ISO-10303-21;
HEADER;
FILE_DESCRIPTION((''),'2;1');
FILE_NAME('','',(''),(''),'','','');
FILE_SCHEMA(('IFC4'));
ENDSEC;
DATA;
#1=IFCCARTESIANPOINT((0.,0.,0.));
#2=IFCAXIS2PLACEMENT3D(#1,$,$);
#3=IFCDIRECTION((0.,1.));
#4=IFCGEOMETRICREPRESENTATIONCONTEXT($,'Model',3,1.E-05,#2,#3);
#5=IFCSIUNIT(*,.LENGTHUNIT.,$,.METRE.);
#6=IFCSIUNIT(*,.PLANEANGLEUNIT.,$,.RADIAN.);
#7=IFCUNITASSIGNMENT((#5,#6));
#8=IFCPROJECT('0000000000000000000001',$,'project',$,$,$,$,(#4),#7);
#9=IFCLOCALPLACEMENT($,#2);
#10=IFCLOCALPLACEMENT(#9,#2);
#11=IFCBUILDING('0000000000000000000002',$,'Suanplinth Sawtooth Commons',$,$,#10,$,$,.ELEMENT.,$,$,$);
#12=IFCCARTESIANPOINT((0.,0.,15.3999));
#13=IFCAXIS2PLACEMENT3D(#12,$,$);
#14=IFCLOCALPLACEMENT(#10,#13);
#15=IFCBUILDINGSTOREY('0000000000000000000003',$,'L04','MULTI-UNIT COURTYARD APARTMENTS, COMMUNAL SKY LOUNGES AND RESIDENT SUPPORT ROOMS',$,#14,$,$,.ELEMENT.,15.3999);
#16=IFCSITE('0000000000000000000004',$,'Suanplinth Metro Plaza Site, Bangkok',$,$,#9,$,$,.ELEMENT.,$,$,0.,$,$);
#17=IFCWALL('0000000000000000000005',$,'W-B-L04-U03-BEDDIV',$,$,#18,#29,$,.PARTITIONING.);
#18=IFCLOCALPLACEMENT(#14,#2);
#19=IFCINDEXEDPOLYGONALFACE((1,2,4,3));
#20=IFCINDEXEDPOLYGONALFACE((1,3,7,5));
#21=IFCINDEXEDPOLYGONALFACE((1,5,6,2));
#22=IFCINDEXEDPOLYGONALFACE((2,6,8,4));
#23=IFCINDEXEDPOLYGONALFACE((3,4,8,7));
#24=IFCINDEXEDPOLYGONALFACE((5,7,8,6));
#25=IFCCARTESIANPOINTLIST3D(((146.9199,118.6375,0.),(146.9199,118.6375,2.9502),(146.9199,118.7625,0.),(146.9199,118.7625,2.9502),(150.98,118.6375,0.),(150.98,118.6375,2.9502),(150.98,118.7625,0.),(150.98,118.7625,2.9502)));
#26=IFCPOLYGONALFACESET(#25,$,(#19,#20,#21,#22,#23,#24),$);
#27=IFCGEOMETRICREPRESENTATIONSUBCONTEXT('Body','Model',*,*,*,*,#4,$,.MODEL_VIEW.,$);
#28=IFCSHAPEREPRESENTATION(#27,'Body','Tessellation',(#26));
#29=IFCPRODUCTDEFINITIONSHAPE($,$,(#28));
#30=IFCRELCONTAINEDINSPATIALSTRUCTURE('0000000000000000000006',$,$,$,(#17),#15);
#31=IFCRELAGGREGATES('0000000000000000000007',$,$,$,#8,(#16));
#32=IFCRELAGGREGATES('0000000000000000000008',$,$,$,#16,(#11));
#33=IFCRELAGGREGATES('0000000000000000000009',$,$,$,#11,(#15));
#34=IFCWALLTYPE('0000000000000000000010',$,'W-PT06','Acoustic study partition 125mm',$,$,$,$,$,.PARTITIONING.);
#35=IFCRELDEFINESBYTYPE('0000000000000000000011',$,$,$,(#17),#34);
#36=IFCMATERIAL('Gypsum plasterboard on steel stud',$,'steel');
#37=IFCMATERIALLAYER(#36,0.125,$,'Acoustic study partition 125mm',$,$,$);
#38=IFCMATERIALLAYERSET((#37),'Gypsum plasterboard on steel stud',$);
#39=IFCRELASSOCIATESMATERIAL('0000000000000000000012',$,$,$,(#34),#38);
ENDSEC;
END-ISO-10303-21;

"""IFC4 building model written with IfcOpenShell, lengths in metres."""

from ifc_helpers import new_model, si_unit, direction, frame, frame_2d, origin, place, context, subcontext, project, spatial, rectangle, extrude, material, layer, layer_set, type_object, element, save


model = new_model("IFC4")

# Units and contexts
model_context = context("Model", 3, precision=1e-05, world=origin(), true_north=direction((0.0, 1.0)))
body_context = subcontext(model_context, "Body", "Model", "MODEL_VIEW")
ifc_project = project(units=[si_unit("LENGTHUNIT", "METRE"), si_unit("PLANEANGLEUNIT", "RADIAN")], contexts=[model_context])

# Site, building, storey
site_placement = place(None, origin())
site = spatial("IfcSite", under=ifc_project, at=site_placement, Name="Suanplinth Metro Plaza Site, Bangkok", CompositionType="ELEMENT", RefElevation=0.0)
building_placement = place(site_placement, origin())
building = spatial("IfcBuilding", under=site, at=building_placement, Name="Suanplinth Sawtooth Commons", CompositionType="ELEMENT")
storey_placement = place(building_placement, frame((0.0, 0.0, 15.3999)))
storey = spatial("IfcBuildingStorey", under=building, at=storey_placement, Name="L04", Description="MULTI-UNIT COURTYARD APARTMENTS, COMMUNAL SKY LOUNGES AND RESIDENT SUPPORT ROOMS", CompositionType="ELEMENT", Elevation=15.3999)

# Shared definitions
ifc_material_1 = material(Name="Gypsum plasterboard on steel stud", Category="steel")

# Wall
ifc_layer_1 = layer(ifc_material_1, 0.125, Name="Acoustic study partition 125mm")
ifc_layer_set_1 = layer_set([ifc_layer_1], Name="Gypsum plasterboard on steel stud")
wall_type_1 = type_object("IfcWallType", Name="W-PT06", Description="Acoustic study partition 125mm", PredefinedType="PARTITIONING", material=ifc_layer_set_1)
wall_1_placement = place(storey_placement, frame((146.9199, 118.7, 0.0), z_axis=(0.0, 0.0, 1.0), x_axis=(1.0, 0.0, 0.0)))
element("IfcWall", 1, at=wall_1_placement, inside=storey, type_object=wall_type_1, Name="W-B-L04-U03-BEDDIV", PredefinedType="PARTITIONING", context=body_context, shape_type="SweptSolid", body=[
    extrude(rectangle(XDim=4.0601, YDim=0.125, at=frame_2d((2.03, 0.0))), origin(), (0.0, 0.0, 1.0), 2.9502),
])

save(model, "model.ifc")
